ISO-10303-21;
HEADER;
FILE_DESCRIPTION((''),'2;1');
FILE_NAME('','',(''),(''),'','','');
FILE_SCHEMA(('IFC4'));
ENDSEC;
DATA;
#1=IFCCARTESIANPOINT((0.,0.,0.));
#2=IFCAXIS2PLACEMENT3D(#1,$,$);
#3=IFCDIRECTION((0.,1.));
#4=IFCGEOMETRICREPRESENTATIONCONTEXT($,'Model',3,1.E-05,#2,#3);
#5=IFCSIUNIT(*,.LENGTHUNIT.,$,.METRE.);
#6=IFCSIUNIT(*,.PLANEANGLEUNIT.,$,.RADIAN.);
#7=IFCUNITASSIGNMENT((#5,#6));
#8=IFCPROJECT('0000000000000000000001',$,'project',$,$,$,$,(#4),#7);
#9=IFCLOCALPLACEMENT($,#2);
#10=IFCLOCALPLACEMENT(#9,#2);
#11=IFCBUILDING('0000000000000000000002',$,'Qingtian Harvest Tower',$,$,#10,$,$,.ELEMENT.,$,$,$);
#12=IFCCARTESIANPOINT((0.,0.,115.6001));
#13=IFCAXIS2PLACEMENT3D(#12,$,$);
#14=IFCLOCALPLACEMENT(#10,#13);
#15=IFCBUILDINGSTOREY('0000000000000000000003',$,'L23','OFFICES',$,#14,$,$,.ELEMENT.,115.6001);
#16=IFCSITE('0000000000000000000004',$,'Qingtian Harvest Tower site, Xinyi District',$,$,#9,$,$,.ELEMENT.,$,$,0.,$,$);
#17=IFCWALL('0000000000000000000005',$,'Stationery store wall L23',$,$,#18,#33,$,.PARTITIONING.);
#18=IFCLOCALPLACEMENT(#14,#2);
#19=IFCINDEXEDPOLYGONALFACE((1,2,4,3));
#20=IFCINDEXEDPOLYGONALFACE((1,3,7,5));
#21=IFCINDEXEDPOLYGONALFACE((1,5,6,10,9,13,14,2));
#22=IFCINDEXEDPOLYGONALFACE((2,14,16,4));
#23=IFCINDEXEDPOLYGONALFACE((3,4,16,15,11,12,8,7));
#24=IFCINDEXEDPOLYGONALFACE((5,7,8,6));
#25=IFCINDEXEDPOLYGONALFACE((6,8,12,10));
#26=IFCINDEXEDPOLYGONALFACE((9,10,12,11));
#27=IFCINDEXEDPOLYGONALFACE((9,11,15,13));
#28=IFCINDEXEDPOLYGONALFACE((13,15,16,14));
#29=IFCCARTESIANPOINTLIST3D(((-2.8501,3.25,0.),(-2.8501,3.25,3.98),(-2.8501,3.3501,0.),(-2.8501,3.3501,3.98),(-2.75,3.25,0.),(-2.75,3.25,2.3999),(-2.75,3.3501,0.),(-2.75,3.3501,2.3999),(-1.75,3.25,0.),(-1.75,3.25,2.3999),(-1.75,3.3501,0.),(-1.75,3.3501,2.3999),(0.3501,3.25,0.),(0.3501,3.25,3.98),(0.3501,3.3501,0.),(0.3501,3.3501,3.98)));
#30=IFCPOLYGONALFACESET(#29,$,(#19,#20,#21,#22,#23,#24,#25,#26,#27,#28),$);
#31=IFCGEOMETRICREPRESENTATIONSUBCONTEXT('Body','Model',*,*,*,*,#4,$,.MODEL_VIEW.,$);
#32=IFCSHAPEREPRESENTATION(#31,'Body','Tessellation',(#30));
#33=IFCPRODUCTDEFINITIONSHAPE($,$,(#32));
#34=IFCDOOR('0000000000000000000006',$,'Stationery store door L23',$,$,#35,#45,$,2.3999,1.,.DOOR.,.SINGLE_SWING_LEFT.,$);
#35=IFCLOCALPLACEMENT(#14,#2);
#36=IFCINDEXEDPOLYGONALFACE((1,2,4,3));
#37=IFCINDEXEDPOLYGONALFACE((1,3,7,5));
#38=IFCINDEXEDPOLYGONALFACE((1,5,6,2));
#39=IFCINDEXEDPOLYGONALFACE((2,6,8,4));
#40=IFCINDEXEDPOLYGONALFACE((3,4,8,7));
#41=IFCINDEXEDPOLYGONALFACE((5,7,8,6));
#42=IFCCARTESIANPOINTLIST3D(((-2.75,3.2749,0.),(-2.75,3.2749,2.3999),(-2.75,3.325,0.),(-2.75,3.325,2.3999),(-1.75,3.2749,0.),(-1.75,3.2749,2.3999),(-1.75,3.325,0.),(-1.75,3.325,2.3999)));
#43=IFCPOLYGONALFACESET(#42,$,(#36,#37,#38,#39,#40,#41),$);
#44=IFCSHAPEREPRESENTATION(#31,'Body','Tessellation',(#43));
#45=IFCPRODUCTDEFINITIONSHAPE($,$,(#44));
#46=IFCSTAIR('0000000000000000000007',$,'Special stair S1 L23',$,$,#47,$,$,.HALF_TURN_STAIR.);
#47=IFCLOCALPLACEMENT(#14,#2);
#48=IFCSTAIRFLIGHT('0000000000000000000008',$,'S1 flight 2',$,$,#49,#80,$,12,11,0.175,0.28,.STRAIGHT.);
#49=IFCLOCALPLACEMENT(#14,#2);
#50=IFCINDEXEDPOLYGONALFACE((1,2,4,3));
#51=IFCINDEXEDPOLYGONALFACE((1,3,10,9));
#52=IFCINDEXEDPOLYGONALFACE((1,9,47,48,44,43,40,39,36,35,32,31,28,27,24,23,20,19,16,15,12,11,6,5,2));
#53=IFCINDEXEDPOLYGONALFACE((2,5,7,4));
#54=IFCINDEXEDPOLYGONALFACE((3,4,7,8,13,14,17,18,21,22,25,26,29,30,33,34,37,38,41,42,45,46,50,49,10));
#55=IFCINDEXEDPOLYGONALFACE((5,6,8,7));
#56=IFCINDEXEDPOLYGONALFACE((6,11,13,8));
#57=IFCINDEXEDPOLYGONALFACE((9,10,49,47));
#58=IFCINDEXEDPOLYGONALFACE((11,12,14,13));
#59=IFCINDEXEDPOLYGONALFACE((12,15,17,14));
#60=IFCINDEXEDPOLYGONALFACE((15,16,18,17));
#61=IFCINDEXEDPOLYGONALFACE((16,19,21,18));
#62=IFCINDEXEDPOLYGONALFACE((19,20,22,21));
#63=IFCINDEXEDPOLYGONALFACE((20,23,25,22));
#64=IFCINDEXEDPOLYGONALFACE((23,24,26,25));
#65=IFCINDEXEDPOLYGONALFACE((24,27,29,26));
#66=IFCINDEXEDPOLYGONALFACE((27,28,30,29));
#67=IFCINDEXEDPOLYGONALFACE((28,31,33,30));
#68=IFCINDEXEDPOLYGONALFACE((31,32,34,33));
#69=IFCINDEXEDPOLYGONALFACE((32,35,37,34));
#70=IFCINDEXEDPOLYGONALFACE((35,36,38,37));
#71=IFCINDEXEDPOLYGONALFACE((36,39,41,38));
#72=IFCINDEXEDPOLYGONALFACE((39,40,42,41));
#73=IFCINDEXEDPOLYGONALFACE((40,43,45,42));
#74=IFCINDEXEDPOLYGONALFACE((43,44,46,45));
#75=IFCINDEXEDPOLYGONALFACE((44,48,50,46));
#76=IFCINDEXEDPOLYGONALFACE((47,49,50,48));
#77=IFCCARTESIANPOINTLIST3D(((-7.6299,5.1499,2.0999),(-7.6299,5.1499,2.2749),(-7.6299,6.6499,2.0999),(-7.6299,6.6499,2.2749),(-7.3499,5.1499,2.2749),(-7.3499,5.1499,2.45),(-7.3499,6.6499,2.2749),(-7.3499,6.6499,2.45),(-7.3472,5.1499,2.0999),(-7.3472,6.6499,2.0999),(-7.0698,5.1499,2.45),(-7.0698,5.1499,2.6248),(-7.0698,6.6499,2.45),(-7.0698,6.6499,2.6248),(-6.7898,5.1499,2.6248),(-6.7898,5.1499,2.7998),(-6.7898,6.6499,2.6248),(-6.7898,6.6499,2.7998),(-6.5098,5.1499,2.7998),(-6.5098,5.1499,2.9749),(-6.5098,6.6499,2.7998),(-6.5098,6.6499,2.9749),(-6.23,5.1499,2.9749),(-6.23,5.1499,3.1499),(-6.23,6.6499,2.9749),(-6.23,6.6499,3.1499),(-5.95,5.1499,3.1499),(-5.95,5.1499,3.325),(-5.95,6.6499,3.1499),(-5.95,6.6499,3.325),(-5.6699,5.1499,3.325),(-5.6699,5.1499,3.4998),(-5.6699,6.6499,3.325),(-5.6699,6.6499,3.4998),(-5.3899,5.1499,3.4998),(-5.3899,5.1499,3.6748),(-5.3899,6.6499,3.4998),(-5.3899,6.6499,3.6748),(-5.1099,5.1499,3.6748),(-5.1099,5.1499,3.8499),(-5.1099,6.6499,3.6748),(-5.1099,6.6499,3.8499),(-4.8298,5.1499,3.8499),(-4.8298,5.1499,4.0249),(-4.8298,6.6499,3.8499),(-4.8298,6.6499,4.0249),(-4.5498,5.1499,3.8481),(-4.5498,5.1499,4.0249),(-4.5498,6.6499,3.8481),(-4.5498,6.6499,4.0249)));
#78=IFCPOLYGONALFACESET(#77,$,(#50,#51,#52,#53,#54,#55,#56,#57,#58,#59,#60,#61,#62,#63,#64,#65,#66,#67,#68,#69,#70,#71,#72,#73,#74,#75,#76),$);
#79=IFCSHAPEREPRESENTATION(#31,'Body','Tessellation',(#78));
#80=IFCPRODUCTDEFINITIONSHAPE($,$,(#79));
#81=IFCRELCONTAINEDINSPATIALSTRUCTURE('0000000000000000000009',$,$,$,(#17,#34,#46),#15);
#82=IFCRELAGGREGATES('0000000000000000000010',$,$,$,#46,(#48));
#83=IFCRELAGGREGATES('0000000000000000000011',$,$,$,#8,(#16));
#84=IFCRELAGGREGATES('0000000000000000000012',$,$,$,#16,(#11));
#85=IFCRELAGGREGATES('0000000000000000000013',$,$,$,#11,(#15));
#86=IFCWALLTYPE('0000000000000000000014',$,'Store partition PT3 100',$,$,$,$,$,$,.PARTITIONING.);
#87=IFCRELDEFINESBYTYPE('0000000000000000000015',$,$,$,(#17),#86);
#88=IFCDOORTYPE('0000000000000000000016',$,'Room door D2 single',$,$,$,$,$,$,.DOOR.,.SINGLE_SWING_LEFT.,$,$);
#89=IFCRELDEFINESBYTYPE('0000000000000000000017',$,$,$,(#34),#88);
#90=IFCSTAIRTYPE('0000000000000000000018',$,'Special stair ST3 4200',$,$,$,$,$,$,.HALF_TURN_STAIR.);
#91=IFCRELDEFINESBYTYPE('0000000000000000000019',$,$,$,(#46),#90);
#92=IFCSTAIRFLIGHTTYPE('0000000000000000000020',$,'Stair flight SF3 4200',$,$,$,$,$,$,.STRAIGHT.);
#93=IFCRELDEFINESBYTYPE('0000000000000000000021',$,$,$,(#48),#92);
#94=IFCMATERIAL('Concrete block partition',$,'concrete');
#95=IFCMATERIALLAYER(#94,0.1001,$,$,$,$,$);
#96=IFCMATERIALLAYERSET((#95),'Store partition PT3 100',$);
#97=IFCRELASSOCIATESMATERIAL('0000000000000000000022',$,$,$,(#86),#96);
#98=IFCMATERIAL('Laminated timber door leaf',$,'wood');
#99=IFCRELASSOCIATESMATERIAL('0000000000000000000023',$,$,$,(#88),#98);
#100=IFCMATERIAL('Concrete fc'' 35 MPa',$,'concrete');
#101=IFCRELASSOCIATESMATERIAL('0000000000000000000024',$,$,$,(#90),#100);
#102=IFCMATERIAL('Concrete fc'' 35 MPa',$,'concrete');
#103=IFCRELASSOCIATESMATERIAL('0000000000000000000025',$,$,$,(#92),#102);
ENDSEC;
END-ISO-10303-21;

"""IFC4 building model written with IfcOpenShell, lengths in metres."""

from ifc_helpers import new_model, si_unit, direction, frame, frame_2d, origin, place, context, subcontext, project, spatial, polyline, rectangle, outline, extrude, material, layer, layer_set, type_object, element, fill, aggregate, save


model = new_model("IFC4")

# Units and contexts
model_context = context("Model", 3, precision=1e-05, world=origin(), true_north=direction((0.0, 1.0)))
body_context = subcontext(model_context, "Body", "Model", "MODEL_VIEW")
ifc_project = project(units=[si_unit("LENGTHUNIT", "METRE"), si_unit("PLANEANGLEUNIT", "RADIAN")], contexts=[model_context])

# Site, building, storey
site_placement = place(None, origin())
site = spatial("IfcSite", under=ifc_project, at=site_placement, Name="Qingtian Harvest Tower site, Xinyi District", CompositionType="ELEMENT", RefElevation=0.0)
building_placement = place(site_placement, origin())
building = spatial("IfcBuilding", under=site, at=building_placement, Name="Qingtian Harvest Tower", CompositionType="ELEMENT")
storey_placement = place(building_placement, frame((0.0, 0.0, 115.6001)))
storey = spatial("IfcBuildingStorey", under=building, at=storey_placement, Name="L23", Description="OFFICES", CompositionType="ELEMENT", Elevation=115.6001)

# Wall, opening, door
ifc_material_1 = material(Name="Concrete block partition", Category="concrete")
ifc_layer_1 = layer(ifc_material_1, 0.1001)
ifc_layer_set_1 = layer_set([ifc_layer_1], Name="Store partition PT3 100")
wall_type_1 = type_object("IfcWallType", Name="Store partition PT3 100", PredefinedType="PARTITIONING", material=ifc_layer_set_1)
wall_1_placement = place(storey_placement, frame((-2.8501, 3.3, 0.0), z_axis=(0.0, 0.0, 1.0), x_axis=(1.0, 0.0, 0.0)))
wall_1 = element("IfcWall", 1, at=wall_1_placement, inside=storey, type_object=wall_type_1, Name="Stationery store wall L23", PredefinedType="PARTITIONING", context=body_context, shape_type="SweptSolid", body=[
    extrude(rectangle(XDim=3.2002, YDim=0.1001, at=frame_2d((1.6001, 0.0))), origin(), (0.0, 0.0, 1.0), 3.98),
])
opening_1_placement = place(wall_1_placement, frame((0.1001, 0.0, 0.0)))
opening_1 = element("IfcOpeningElement", 2, at=opening_1_placement, cuts=wall_1, PredefinedType="OPENING", context=body_context, shape_type="SweptSolid", body=[
    extrude(rectangle(XDim=1.0, YDim=2.3999, at=frame_2d((0.5, 1.2))), frame((0.0, 0.0601, 0.0), z_axis=(0.0, -1.0, 0.0), x_axis=(1.0, 0.0, 0.0)), (0.0, 0.0, 1.0), 0.1201),
])
ifc_material_2 = material(Name="Laminated timber door leaf", Category="wood")
door_type_1 = type_object("IfcDoorType", Name="Room door D2 single", OperationType="SINGLE_SWING_LEFT", PredefinedType="DOOR", material=ifc_material_2)
door_1_placement = place(opening_1_placement, origin())
door_1 = element("IfcDoor", 3, at=door_1_placement, inside=storey, type_object=door_type_1, Name="Stationery store door L23", OperationType="SINGLE_SWING_LEFT", OverallHeight=2.3999, OverallWidth=1.0, PredefinedType="DOOR", context=body_context, shape_type="SweptSolid", body=[
    extrude(rectangle(XDim=1.0, YDim=2.3999, at=frame_2d((0.5, 1.2))), frame((0.0, 0.0249, 0.0), z_axis=(0.0, -1.0, 0.0), x_axis=(1.0, 0.0, 0.0)), (0.0, 0.0, 1.0), 0.05),
])
fill(opening_1, door_1)

# Stair, stair flight
ifc_material_3 = material(Name="Concrete fc' 35 MPa", Category="concrete")
stair_type = type_object("IfcStairType", Name="Special stair ST3 4200", PredefinedType="HALF_TURN_STAIR", material=ifc_material_3)
stair_placement = place(storey_placement, origin())
stair = element("IfcStair", 4, at=stair_placement, inside=storey, type_object=stair_type, Name="Special stair S1 L23", PredefinedType="HALF_TURN_STAIR")
ifc_material_4 = material(Name="Concrete fc' 35 MPa", Category="concrete")
stair_flight_type = type_object("IfcStairFlightType", Name="Stair flight SF3 4200", PredefinedType="STRAIGHT", material=ifc_material_4)
stair_flight_placement = place(storey_placement, frame((-7.6299, 5.8999, 2.0999), z_axis=(0.0, 0.0, 1.0), x_axis=(1.0, 0.0, 0.0)))
stair_flight = element("IfcStairFlight", 5, at=stair_flight_placement, type_object=stair_flight_type, Name="S1 flight 2", NumberOfRisers=12, NumberOfTreads=11, PredefinedType="STRAIGHT", RiserHeight=0.175, TreadLength=0.28, context=body_context, shape_type="SweptSolid", body=[
    extrude(outline(polyline([(0.0, 0.0), (0.0, 0.175), (0.28, 0.175), (0.28, 0.3501), (0.5601, 0.3501), (0.5601, 0.5249), (0.8401, 0.5249), (0.8401, 0.7), (1.1201, 0.7), (1.1201, 0.875), (1.3999, 0.875), (1.3999, 1.05), (1.6799, 1.05), (1.6799, 1.2251), (1.96, 1.2251), (1.96, 1.3999), (2.24, 1.3999), (2.24, 1.575), (2.52, 1.575), (2.52, 1.75), (2.8, 1.75), (2.8, 1.925), (3.0801, 1.925), (3.0801, 2.1001), (3.0801, 1.7483), (0.2827, 0.0), (0.0, 0.0)])), frame((0.0, 0.75, 0.0), z_axis=(0.0, -1.0, 0.0), x_axis=(1.0, 0.0, 0.0)), (0.0, 0.0, 1.0), 1.5),
])
aggregate(stair, [stair_flight])

save(model, "model.ifc")
